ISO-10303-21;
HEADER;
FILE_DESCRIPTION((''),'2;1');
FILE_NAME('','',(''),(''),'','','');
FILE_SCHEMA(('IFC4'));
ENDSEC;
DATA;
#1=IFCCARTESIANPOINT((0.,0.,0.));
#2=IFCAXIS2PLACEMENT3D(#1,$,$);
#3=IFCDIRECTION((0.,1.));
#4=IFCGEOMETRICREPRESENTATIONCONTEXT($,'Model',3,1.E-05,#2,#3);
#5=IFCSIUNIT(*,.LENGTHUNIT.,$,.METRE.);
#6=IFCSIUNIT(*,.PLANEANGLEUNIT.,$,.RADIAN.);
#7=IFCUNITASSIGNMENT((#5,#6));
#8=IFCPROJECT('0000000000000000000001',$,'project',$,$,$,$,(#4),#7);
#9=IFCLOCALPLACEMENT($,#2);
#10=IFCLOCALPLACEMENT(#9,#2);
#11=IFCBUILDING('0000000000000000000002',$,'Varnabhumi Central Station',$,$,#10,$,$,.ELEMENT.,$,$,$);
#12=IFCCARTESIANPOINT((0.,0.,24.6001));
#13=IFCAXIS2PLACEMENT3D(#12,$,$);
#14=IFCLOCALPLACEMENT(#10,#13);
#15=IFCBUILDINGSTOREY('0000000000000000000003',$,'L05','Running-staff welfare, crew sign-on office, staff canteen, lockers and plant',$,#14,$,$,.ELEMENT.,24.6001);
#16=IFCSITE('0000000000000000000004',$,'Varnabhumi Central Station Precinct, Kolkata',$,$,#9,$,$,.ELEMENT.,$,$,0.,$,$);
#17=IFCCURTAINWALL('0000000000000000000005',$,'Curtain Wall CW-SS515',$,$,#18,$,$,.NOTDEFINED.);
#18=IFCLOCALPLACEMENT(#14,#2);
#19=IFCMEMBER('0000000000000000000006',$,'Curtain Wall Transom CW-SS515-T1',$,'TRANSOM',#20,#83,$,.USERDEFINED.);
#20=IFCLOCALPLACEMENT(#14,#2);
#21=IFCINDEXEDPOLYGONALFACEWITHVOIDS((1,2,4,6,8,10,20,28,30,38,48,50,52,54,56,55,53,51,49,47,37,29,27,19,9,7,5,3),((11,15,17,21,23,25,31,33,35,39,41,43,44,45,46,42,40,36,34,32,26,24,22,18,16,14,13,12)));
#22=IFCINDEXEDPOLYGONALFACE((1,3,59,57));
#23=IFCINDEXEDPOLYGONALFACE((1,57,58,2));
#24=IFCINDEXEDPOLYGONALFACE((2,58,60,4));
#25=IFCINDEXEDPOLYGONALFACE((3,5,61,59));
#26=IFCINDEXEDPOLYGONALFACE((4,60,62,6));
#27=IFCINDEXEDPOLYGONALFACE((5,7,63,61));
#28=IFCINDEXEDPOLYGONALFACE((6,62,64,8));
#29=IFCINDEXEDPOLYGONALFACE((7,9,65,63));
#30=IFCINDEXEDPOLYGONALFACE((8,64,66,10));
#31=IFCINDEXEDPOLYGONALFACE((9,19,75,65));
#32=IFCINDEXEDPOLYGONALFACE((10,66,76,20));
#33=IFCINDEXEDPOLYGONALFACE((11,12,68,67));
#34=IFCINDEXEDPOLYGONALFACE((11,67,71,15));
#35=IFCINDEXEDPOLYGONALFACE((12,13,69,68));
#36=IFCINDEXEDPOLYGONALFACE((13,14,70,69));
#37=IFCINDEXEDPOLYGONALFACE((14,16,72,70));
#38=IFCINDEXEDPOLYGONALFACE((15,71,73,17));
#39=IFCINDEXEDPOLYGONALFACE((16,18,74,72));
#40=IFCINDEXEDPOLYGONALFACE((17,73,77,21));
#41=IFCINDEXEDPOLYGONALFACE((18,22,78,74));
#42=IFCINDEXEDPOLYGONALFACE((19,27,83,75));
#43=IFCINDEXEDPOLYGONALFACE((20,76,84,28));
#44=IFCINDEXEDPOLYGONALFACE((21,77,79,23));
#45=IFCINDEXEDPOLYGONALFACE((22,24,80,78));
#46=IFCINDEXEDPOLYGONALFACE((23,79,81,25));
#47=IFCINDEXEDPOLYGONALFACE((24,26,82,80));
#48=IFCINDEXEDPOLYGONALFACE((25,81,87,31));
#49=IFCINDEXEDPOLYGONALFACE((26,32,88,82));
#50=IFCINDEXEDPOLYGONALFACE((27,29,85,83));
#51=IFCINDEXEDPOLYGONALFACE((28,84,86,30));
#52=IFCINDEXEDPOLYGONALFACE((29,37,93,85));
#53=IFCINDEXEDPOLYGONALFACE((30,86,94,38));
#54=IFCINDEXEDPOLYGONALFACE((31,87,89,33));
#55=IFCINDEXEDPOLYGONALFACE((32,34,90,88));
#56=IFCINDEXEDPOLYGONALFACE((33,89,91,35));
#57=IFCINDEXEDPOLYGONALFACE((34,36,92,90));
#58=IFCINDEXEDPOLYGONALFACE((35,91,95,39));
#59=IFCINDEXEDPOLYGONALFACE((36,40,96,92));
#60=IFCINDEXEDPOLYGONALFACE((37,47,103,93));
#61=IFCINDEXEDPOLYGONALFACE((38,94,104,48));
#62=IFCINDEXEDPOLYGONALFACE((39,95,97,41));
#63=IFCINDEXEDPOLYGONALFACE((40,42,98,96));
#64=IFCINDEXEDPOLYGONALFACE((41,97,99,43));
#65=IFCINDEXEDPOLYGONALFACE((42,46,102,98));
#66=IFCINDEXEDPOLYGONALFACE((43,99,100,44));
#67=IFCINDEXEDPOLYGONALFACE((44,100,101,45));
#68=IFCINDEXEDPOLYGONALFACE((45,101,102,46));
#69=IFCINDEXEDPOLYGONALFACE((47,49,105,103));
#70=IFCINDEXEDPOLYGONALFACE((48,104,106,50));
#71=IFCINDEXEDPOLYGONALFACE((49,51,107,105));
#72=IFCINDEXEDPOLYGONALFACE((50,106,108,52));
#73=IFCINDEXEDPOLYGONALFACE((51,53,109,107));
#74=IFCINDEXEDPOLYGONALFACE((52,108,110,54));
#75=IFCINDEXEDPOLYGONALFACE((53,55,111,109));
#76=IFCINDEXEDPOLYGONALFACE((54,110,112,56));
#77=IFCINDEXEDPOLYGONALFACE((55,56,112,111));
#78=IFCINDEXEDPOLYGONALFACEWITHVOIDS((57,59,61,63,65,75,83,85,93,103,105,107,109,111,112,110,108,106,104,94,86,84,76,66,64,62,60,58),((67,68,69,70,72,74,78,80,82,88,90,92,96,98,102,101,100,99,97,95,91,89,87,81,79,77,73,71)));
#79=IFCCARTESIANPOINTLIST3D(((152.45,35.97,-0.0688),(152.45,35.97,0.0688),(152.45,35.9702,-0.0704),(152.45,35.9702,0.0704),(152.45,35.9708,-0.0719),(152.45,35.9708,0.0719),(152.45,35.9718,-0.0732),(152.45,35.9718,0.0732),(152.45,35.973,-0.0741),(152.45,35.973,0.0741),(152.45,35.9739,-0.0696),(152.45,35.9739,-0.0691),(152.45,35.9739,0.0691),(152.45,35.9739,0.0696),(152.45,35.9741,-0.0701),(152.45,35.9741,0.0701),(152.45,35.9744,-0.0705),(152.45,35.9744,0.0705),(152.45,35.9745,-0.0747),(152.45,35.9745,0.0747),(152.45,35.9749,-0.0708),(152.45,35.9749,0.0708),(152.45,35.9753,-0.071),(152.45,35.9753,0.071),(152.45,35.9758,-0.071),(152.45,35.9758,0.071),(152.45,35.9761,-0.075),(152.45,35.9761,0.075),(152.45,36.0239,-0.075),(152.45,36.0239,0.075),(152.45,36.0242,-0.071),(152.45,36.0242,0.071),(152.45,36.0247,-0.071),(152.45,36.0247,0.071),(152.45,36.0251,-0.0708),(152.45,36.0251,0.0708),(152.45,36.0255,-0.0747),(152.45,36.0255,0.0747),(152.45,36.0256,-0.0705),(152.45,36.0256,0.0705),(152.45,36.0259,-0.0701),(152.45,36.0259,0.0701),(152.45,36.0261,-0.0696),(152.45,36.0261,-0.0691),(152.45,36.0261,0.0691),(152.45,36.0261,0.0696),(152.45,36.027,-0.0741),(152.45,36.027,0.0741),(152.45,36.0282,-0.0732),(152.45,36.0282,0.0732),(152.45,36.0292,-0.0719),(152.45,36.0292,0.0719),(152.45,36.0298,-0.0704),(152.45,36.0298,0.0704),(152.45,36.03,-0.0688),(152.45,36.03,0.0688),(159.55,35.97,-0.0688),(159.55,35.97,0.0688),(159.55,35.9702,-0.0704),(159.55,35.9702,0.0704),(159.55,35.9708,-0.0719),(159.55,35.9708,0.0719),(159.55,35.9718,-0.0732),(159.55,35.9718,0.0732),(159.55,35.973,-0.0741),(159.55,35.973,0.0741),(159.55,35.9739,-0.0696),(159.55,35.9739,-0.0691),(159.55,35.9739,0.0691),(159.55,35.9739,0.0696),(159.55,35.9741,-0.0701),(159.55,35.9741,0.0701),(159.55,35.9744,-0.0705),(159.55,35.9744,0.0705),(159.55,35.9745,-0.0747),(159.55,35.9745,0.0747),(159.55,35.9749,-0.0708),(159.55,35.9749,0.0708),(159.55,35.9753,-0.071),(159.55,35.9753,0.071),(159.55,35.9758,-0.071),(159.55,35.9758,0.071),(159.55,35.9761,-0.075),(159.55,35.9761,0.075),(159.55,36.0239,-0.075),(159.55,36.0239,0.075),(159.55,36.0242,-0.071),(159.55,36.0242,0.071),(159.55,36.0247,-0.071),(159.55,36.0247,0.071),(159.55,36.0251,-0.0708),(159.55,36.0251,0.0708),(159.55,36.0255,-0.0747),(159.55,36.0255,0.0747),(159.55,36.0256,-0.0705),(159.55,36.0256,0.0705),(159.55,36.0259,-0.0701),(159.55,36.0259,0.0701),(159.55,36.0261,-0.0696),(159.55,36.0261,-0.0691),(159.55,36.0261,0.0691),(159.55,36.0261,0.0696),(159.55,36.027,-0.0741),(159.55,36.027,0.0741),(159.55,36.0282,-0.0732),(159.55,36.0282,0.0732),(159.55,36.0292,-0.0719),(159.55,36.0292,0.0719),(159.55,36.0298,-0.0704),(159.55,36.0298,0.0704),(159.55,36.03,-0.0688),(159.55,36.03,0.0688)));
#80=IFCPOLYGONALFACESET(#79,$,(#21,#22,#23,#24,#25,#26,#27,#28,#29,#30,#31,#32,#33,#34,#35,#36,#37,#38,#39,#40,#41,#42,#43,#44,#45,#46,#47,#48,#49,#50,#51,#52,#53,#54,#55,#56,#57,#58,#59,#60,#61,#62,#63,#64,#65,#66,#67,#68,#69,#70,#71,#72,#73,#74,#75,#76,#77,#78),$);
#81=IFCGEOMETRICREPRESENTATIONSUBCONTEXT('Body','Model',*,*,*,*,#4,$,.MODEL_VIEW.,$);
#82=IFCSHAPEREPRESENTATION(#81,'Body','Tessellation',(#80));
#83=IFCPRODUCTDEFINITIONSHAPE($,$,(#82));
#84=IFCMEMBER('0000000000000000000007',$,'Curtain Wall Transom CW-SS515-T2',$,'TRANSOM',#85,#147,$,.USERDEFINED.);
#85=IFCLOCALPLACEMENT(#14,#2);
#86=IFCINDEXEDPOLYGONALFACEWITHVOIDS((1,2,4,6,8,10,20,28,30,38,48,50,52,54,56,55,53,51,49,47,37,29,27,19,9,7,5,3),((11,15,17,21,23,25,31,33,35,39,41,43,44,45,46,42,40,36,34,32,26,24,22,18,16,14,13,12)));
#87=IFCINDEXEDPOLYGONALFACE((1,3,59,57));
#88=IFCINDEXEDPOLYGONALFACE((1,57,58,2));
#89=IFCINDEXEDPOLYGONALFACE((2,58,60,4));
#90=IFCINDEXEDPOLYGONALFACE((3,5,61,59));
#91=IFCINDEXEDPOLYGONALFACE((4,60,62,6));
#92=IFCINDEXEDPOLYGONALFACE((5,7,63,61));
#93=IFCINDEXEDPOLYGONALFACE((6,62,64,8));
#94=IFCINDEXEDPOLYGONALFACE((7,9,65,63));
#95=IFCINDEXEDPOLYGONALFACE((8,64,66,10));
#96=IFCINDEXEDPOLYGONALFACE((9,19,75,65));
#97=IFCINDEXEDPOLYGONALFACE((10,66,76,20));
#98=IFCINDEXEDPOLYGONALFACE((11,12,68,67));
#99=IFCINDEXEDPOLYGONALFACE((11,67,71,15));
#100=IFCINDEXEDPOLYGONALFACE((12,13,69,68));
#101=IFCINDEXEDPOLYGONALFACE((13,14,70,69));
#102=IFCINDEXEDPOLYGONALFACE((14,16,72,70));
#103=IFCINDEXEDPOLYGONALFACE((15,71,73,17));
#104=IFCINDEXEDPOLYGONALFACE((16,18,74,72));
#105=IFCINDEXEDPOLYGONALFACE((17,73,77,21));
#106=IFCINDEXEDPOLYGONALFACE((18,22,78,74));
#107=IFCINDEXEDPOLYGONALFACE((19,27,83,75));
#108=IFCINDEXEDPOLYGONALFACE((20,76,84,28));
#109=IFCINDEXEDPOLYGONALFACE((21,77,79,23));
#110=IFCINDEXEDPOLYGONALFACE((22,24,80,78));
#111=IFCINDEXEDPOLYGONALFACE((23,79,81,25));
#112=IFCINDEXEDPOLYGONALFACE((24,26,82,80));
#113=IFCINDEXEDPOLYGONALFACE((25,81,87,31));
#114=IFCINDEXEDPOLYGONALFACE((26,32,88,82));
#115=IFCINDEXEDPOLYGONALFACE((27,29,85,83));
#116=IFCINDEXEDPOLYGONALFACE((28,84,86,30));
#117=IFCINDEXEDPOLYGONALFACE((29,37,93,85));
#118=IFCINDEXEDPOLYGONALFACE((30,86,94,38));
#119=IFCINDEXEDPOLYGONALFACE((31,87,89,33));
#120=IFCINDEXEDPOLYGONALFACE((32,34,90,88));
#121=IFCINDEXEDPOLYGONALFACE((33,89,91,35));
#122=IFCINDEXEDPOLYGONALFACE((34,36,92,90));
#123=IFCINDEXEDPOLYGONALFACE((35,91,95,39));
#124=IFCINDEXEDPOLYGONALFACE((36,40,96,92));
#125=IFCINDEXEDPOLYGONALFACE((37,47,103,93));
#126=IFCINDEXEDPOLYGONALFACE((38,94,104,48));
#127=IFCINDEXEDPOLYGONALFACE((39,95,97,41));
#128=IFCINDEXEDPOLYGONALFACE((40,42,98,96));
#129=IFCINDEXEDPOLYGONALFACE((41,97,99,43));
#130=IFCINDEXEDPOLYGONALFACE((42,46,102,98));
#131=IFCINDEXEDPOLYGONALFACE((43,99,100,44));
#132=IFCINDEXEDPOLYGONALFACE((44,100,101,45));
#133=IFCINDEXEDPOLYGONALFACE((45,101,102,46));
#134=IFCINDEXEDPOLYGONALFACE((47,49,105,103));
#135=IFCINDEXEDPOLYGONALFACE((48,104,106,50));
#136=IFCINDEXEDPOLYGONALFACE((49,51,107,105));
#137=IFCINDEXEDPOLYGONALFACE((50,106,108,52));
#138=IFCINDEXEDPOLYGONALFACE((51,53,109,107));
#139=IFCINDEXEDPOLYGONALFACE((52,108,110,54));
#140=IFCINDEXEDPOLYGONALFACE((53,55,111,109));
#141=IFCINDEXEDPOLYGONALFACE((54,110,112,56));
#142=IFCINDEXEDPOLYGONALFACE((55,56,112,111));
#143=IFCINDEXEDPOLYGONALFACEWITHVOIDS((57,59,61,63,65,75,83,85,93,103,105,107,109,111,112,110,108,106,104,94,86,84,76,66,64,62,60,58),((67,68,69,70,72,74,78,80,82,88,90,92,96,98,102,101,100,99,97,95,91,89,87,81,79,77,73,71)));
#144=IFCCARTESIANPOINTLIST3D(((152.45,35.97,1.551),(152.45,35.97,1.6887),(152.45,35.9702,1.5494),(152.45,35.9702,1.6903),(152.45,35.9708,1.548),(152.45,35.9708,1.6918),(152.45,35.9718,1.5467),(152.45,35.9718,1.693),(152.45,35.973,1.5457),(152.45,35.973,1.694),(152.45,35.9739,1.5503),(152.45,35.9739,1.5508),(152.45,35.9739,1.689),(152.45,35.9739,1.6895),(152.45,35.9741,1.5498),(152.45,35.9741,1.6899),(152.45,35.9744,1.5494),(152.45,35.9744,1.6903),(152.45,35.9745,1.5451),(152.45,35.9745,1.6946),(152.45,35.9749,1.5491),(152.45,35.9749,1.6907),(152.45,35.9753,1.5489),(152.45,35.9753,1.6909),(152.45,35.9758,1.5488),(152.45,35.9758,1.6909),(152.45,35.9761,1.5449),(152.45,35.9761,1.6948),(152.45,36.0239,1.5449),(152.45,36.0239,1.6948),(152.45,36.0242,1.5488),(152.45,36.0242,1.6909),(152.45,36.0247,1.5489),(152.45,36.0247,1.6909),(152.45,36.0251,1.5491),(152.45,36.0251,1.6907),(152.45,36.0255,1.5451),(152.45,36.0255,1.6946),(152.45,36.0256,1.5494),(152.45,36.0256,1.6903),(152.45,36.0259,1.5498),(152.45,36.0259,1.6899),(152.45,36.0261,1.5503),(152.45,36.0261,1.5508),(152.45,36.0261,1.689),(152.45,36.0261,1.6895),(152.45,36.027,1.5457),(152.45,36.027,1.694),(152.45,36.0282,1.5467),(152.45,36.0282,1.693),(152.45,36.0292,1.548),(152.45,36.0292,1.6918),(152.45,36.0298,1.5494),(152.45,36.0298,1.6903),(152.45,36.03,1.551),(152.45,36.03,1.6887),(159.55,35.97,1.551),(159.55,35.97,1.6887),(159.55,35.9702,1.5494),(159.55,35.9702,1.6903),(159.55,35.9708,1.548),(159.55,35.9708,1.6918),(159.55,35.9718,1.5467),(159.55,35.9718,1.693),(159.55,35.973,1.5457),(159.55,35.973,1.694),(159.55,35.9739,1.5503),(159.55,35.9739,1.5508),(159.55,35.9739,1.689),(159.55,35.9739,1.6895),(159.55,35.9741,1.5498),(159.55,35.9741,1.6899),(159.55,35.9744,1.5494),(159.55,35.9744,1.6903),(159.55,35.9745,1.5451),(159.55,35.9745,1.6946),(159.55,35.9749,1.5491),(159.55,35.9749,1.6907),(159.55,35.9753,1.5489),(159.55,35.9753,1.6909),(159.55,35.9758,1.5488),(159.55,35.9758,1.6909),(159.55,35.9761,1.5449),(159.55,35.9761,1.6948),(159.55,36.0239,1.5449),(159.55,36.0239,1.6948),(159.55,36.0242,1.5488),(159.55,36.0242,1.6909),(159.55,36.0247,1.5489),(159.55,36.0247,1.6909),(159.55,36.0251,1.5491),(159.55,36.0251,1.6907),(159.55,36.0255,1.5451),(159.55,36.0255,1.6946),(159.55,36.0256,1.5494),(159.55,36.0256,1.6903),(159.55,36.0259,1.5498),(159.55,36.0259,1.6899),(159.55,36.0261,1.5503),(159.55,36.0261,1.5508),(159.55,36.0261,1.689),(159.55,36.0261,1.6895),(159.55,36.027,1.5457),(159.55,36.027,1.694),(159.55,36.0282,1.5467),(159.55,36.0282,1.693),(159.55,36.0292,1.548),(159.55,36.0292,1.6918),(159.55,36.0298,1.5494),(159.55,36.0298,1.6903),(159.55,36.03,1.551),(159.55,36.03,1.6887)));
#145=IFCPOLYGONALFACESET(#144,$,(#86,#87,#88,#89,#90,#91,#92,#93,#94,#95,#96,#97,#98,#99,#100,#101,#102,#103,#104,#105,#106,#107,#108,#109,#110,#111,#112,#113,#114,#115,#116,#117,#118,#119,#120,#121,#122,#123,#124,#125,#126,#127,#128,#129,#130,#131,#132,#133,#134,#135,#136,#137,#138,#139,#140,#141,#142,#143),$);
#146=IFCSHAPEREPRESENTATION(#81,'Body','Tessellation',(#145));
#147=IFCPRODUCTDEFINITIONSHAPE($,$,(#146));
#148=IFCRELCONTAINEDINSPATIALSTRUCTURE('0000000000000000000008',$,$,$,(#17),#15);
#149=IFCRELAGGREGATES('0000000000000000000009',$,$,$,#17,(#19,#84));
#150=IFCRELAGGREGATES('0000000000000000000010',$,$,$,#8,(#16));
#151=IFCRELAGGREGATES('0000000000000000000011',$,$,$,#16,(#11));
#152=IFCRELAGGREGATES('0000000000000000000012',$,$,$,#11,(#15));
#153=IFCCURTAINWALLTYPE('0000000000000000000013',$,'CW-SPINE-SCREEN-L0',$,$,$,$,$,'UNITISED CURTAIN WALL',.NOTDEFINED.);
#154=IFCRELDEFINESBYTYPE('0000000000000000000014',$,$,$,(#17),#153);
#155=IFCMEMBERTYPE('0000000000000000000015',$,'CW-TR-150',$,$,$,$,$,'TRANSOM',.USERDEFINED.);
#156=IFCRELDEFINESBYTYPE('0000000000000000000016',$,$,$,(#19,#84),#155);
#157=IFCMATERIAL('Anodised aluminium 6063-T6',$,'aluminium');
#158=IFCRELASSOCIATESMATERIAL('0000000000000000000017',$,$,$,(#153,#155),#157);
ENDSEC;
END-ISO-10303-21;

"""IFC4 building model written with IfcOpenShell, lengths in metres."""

from ifc_helpers import new_model, si_unit, direction, frame, origin, origin_2d, place, context, subcontext, project, spatial, hollow_rectangle, extrude, material, material_profile, profile_set, type_object, element, aggregate, save


model = new_model("IFC4")

# Units and contexts
model_context = context("Model", 3, precision=1e-05, world=origin(), true_north=direction((0.0, 1.0)))
body_context = subcontext(model_context, "Body", "Model", "MODEL_VIEW")
ifc_project = project(units=[si_unit("LENGTHUNIT", "METRE"), si_unit("PLANEANGLEUNIT", "RADIAN")], contexts=[model_context])

# Site, building, storey
site_placement = place(None, origin())
site = spatial("IfcSite", under=ifc_project, at=site_placement, Name="Varnabhumi Central Station Precinct, Kolkata", CompositionType="ELEMENT", RefElevation=0.0)
building_placement = place(site_placement, origin())
building = spatial("IfcBuilding", under=site, at=building_placement, Name="Varnabhumi Central Station", CompositionType="ELEMENT")
storey_placement = place(building_placement, frame((0.0, 0.0, 24.6001)))
storey = spatial("IfcBuildingStorey", under=building, at=storey_placement, Name="L05", Description="Running-staff welfare, crew sign-on office, staff canteen, lockers and plant", CompositionType="ELEMENT", Elevation=24.6001)

# Curtain wall, members
ifc_material_1 = material(Name="Anodised aluminium 6063-T6", Category="aluminium")
curtain_wall_type = type_object("IfcCurtainWallType", Name="CW-SPINE-SCREEN-L0", ElementType="UNITISED CURTAIN WALL", PredefinedType="NOTDEFINED", material=ifc_material_1)
curtain_wall_placement = place(storey_placement, origin())
curtain_wall = element("IfcCurtainWall", 1, at=curtain_wall_placement, inside=storey, type_object=curtain_wall_type, Name="Curtain Wall CW-SS515", PredefinedType="NOTDEFINED")
ifc_material_profile_1 = material_profile(ifc_material_1, hollow_rectangle(XDim=0.0601, YDim=0.1499, WallThickness=0.0039, InnerFilletRadius=0.002, OuterFilletRadius=0.0061, at=origin_2d()), Name="Anodised aluminium 6063-T6", Category="aluminium")
ifc_profile_set_1 = profile_set([ifc_material_profile_1], Name="Anodised aluminium 6063-T6")
member_type_1 = type_object("IfcMemberType", Name="CW-TR-150", ElementType="TRANSOM", PredefinedType="USERDEFINED", material=ifc_profile_set_1)
member_1_placement = place(storey_placement, frame((152.45, 36.0, 0.0), z_axis=(1.0, 0.0, 0.0), x_axis=(0.0, 1.0, 0.0)))
member_1 = element("IfcMember", 2, at=member_1_placement, type_object=member_type_1, Name="Curtain Wall Transom CW-SS515-T1", ObjectType="TRANSOM", PredefinedType="USERDEFINED", context=body_context, shape_type="SweptSolid", body=[
    extrude(hollow_rectangle(XDim=0.0601, YDim=0.1499, WallThickness=0.0039, InnerFilletRadius=0.002, OuterFilletRadius=0.0061, at=origin_2d()), origin(), (0.0, 0.0, 1.0), 7.1001),
])
member_2_placement = place(storey_placement, frame((152.45, 36.0, 1.6199), z_axis=(1.0, 0.0, 0.0), x_axis=(0.0, 1.0, 0.0)))
member_2 = element("IfcMember", 3, at=member_2_placement, type_object=member_type_1, Name="Curtain Wall Transom CW-SS515-T2", ObjectType="TRANSOM", PredefinedType="USERDEFINED", context=body_context, shape_type="SweptSolid", body=[
    extrude(hollow_rectangle(XDim=0.0601, YDim=0.1499, WallThickness=0.0039, InnerFilletRadius=0.002, OuterFilletRadius=0.0061, at=origin_2d()), origin(), (0.0, 0.0, 1.0), 7.1001),
])

aggregate(curtain_wall, [member_1, member_2])

save(model, "model.ifc")
